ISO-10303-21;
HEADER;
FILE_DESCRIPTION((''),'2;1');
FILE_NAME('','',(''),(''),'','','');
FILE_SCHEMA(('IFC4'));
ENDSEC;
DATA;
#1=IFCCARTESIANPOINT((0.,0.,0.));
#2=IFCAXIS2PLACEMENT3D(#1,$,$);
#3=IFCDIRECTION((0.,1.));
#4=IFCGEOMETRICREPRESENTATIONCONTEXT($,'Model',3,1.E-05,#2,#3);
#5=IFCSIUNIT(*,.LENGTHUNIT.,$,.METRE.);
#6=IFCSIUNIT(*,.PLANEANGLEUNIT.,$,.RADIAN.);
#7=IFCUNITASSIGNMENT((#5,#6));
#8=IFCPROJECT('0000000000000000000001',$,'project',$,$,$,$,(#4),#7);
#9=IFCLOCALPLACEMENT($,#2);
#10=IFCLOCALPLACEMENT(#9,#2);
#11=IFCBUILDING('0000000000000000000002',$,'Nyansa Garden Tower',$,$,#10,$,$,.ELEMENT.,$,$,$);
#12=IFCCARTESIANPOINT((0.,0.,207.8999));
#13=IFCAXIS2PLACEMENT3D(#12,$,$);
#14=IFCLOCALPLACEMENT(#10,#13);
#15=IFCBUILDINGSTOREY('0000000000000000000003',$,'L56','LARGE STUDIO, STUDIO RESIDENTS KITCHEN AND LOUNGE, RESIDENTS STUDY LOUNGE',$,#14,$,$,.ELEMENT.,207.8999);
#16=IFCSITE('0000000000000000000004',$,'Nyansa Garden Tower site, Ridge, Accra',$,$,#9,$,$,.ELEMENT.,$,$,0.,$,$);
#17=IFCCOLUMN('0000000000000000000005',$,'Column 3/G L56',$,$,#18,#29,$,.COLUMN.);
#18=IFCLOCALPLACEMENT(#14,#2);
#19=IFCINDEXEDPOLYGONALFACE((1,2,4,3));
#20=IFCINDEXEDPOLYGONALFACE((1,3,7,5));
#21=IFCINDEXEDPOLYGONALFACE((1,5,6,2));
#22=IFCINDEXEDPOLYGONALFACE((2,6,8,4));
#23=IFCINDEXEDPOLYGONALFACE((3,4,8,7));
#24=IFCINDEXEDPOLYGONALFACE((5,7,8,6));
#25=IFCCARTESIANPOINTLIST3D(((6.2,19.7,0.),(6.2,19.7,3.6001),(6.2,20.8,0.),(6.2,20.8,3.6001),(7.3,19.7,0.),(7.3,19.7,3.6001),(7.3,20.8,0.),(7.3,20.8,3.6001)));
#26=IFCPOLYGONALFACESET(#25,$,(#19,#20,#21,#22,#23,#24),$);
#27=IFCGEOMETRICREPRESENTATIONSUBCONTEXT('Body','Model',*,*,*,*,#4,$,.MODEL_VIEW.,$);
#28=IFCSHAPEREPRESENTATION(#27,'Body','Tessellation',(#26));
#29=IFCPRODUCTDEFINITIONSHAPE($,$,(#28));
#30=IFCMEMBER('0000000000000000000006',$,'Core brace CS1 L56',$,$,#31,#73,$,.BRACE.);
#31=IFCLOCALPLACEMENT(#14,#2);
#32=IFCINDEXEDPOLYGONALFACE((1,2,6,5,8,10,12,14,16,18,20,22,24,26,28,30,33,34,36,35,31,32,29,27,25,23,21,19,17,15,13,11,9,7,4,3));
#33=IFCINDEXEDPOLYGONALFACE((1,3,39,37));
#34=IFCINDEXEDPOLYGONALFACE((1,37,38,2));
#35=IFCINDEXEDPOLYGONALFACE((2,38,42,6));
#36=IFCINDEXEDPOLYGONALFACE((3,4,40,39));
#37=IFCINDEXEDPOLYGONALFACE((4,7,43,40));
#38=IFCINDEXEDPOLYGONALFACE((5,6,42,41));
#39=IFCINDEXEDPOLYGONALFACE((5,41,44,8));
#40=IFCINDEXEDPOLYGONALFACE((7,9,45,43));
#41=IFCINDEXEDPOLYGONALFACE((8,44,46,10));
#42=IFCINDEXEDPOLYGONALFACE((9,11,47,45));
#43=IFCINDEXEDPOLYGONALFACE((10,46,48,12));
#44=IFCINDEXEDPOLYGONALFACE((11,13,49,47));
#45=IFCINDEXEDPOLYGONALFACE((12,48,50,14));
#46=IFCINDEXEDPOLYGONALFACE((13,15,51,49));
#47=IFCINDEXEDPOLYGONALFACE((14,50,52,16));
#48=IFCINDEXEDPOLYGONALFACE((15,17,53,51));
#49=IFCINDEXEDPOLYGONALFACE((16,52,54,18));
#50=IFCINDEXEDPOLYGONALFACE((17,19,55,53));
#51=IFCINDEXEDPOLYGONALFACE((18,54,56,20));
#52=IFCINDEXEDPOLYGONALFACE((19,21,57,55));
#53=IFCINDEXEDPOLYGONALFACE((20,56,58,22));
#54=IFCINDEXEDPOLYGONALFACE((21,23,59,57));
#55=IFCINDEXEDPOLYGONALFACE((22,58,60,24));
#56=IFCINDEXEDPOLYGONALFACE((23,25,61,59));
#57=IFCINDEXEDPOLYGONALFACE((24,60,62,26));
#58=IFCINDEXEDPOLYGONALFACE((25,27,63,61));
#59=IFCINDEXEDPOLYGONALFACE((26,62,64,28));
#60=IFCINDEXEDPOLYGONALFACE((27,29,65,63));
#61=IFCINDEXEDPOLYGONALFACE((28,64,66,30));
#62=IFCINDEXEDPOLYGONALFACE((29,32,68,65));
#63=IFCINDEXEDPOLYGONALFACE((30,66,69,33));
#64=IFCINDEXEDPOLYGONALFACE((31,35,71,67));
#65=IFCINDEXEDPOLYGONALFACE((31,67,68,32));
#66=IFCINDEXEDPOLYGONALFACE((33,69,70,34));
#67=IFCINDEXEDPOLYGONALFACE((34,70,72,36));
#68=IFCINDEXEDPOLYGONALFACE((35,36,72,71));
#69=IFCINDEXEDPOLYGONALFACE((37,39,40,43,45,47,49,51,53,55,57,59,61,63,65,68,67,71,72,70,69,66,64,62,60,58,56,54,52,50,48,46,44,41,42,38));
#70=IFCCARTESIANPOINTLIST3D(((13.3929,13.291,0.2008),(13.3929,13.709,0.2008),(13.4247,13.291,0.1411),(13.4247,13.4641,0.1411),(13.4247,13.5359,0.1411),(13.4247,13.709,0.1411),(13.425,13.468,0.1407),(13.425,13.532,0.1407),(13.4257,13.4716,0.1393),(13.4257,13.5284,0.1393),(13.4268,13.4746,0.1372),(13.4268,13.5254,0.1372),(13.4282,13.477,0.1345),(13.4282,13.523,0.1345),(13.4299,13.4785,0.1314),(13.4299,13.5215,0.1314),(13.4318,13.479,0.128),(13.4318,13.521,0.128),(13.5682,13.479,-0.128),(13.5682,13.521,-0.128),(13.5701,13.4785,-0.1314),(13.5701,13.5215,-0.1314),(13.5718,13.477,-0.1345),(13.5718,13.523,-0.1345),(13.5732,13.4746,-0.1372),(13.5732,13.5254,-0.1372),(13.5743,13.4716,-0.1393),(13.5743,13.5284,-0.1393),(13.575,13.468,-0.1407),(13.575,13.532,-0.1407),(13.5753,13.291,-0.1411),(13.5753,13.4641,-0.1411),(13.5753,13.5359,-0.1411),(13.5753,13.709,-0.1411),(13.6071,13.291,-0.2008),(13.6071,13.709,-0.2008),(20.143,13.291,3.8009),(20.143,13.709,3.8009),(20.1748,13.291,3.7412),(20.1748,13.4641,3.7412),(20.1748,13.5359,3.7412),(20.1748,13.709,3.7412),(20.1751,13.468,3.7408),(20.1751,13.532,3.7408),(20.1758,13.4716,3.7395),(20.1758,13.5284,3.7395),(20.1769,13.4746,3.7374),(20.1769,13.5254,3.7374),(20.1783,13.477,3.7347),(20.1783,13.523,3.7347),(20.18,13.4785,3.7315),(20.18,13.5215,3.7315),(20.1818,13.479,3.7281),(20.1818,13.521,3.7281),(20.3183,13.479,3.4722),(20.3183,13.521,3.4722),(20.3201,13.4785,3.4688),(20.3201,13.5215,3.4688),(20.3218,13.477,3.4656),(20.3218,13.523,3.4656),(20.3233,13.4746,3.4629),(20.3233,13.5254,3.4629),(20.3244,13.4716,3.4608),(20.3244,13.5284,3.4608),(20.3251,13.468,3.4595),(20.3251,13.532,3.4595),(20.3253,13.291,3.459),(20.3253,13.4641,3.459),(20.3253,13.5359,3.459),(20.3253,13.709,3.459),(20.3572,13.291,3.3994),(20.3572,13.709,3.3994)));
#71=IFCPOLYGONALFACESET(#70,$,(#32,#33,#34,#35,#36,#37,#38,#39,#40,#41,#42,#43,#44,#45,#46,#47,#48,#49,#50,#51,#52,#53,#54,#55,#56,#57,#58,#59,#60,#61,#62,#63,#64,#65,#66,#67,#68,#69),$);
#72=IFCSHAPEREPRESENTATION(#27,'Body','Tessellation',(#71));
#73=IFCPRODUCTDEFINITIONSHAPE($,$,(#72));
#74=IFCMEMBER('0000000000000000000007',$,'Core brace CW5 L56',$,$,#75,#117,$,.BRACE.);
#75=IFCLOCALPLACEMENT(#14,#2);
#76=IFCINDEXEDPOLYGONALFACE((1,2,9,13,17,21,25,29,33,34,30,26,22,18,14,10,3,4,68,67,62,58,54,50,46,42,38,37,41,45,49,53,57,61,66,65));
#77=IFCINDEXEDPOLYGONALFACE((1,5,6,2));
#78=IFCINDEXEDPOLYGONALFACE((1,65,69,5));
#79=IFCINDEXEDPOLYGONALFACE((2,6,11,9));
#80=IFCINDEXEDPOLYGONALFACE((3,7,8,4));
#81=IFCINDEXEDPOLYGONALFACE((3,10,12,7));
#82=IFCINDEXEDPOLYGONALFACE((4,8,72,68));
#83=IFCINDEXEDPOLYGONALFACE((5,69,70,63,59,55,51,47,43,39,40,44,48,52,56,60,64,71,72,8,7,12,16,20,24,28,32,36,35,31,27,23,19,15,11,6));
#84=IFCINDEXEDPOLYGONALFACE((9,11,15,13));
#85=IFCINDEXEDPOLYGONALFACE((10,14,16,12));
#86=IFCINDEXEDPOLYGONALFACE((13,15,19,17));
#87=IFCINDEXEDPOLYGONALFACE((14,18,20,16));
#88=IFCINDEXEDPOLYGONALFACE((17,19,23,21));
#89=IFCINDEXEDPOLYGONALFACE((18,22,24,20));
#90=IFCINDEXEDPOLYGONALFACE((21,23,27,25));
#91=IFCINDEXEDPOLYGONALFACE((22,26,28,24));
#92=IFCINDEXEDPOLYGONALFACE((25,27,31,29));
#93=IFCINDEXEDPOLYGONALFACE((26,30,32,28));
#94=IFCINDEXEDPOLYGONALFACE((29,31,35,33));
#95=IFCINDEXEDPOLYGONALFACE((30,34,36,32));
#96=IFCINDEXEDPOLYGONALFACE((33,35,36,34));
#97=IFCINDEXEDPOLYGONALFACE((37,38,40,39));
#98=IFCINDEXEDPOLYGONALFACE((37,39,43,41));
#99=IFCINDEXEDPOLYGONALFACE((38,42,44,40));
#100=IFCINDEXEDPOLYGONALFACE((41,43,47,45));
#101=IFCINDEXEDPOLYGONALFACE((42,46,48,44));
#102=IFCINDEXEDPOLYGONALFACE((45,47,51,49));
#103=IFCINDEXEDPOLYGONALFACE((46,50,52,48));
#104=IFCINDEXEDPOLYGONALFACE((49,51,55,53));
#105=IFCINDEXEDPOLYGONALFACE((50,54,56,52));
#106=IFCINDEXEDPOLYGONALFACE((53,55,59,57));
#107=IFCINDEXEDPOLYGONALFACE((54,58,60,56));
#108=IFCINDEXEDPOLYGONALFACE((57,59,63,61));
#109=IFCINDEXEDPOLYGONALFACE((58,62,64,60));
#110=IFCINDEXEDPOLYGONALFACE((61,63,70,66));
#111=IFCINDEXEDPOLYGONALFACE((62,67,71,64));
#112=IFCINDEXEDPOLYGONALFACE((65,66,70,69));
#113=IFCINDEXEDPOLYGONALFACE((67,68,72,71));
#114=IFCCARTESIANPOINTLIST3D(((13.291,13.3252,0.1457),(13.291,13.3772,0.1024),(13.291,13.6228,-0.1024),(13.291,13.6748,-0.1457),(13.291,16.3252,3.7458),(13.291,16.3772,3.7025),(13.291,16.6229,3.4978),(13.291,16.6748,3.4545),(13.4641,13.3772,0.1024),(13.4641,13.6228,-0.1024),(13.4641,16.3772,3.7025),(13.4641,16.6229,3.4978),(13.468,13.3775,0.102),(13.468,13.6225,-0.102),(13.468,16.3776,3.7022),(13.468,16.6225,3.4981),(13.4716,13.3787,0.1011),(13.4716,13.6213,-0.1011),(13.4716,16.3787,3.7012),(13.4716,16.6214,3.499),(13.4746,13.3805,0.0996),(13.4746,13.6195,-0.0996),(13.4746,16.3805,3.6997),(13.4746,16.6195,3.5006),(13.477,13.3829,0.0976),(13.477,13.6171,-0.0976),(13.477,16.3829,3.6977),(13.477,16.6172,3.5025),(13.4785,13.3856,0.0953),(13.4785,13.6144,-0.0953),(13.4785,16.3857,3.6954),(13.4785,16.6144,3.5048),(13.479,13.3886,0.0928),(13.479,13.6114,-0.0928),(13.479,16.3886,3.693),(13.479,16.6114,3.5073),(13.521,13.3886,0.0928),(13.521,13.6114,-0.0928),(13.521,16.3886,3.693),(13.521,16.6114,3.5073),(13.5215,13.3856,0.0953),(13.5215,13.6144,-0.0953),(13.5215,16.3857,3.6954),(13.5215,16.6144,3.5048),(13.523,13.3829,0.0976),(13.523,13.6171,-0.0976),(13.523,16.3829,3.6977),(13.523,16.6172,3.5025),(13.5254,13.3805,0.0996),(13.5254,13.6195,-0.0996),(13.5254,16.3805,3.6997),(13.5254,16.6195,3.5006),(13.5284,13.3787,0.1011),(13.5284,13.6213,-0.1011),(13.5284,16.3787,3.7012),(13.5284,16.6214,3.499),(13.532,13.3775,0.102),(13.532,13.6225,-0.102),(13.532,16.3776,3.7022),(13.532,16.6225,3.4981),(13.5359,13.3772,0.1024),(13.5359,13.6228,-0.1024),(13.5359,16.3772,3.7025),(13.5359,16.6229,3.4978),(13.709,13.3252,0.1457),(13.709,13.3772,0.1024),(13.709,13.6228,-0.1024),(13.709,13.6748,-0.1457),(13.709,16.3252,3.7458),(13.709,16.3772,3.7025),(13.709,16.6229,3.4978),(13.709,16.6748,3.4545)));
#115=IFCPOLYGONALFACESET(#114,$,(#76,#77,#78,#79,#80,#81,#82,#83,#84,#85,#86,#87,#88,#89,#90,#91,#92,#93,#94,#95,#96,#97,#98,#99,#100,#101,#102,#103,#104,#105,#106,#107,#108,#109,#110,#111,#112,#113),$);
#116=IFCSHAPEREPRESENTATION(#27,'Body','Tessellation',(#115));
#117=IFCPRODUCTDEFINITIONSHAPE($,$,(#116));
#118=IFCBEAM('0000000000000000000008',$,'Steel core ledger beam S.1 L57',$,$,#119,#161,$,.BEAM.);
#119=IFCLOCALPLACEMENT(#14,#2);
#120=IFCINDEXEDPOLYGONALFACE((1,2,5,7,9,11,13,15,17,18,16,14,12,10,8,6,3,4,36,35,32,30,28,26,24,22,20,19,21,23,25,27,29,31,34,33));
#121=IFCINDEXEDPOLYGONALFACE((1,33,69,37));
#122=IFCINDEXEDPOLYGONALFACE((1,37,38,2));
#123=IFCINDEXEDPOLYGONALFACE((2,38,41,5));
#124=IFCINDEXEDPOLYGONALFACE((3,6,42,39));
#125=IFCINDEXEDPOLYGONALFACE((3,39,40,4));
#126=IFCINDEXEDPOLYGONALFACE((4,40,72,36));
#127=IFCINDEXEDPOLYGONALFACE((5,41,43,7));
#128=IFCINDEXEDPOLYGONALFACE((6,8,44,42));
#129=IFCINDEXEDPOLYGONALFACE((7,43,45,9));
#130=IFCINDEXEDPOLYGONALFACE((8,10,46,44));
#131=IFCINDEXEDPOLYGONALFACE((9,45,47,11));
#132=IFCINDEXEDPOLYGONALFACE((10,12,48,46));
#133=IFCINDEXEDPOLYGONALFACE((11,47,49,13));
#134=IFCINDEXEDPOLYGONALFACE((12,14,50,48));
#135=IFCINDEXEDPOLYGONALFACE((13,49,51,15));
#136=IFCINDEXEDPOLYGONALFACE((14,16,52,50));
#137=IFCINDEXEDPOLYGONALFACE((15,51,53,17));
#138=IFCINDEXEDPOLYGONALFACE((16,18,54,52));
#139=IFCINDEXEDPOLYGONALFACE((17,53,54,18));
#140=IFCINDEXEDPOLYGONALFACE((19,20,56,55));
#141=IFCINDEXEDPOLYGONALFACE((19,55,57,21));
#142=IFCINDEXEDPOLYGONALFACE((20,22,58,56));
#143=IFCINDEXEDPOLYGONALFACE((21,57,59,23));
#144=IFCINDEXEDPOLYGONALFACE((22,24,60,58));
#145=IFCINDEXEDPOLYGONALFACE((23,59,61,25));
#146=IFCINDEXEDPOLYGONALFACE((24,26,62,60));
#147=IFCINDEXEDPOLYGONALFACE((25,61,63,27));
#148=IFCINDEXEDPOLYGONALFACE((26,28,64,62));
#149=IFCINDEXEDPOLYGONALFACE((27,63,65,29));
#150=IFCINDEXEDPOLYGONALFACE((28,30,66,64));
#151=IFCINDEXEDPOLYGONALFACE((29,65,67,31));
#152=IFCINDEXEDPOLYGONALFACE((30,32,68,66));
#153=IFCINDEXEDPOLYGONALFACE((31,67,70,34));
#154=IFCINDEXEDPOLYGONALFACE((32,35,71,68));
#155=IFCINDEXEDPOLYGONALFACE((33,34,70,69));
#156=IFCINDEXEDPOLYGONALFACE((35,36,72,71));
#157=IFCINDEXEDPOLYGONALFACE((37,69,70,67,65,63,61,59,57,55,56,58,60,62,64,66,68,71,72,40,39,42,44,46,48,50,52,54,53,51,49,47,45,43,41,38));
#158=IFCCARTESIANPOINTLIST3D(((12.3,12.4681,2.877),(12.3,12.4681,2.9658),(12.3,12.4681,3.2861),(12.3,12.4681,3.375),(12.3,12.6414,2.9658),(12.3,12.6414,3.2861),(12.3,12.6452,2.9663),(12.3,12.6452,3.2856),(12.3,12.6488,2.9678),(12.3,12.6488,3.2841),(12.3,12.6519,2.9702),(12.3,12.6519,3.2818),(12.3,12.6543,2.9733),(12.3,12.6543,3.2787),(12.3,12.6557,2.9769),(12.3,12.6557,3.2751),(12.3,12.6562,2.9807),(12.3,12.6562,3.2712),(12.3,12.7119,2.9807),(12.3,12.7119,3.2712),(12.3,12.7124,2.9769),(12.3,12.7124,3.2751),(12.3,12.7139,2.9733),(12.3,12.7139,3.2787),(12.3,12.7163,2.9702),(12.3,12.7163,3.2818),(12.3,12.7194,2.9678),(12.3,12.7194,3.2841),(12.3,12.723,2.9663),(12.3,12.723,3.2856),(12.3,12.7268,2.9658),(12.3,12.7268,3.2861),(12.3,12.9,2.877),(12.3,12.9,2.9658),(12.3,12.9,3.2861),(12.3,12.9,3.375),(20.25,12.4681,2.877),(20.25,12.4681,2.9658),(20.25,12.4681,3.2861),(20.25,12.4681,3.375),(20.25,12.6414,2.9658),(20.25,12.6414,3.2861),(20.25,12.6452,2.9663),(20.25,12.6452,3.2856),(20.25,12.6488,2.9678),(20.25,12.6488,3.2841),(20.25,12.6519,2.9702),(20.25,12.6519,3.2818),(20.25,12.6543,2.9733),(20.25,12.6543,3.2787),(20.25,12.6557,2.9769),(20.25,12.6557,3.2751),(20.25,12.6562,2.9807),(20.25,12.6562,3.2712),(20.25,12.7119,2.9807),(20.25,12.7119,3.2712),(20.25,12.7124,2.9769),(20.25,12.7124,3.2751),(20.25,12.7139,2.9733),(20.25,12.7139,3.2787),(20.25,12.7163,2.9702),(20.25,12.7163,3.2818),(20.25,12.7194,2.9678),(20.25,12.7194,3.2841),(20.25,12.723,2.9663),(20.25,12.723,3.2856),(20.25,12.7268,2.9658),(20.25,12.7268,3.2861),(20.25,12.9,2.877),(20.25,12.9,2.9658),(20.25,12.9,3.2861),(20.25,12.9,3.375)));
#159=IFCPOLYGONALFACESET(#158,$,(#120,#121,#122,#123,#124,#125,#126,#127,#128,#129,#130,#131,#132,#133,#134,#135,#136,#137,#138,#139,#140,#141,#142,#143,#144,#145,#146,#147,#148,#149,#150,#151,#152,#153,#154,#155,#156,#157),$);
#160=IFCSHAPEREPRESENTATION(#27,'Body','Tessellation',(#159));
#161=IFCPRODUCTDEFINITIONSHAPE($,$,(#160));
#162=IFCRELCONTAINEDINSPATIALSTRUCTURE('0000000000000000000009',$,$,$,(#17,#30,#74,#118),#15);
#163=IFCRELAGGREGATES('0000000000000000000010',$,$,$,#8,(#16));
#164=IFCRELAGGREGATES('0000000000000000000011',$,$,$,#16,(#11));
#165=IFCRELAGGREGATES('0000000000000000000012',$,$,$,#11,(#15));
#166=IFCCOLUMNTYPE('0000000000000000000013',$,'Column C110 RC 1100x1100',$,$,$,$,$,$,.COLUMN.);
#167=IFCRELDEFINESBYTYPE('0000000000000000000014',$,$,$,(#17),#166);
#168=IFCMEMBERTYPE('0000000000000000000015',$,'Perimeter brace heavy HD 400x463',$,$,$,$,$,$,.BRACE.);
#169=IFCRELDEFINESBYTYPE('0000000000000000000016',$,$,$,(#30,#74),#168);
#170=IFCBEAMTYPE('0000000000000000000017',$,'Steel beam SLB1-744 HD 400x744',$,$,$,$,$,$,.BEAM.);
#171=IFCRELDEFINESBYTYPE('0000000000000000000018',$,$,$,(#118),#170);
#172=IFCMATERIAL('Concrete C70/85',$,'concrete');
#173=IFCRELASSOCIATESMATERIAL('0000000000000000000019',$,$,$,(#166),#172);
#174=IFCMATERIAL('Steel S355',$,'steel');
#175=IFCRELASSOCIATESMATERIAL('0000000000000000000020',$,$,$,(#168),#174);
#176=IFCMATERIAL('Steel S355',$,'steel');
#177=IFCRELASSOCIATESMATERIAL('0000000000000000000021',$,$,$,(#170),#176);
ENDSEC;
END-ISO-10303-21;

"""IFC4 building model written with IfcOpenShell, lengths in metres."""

from ifc_helpers import new_model, si_unit, direction, frame, origin, origin_2d, place, context, subcontext, project, spatial, rectangle, i_section, extrude, material, material_profile, profile_set, type_object, element, save


model = new_model("IFC4")

# Units and contexts
model_context = context("Model", 3, precision=1e-05, world=origin(), true_north=direction((0.0, 1.0)))
body_context = subcontext(model_context, "Body", "Model", "MODEL_VIEW")
ifc_project = project(units=[si_unit("LENGTHUNIT", "METRE"), si_unit("PLANEANGLEUNIT", "RADIAN")], contexts=[model_context])

# Site, building, storey
site_placement = place(None, origin())
site = spatial("IfcSite", under=ifc_project, at=site_placement, Name="Nyansa Garden Tower site, Ridge, Accra", CompositionType="ELEMENT", RefElevation=0.0)
building_placement = place(site_placement, origin())
building = spatial("IfcBuilding", under=site, at=building_placement, Name="Nyansa Garden Tower", CompositionType="ELEMENT")
storey_placement = place(building_placement, frame((0.0, 0.0, 207.8999)))
storey = spatial("IfcBuildingStorey", under=building, at=storey_placement, Name="L56", Description="LARGE STUDIO, STUDIO RESIDENTS KITCHEN AND LOUNGE, RESIDENTS STUDY LOUNGE", CompositionType="ELEMENT", Elevation=207.8999)

# Column
ifc_material_1 = material(Name="Concrete C70/85", Category="concrete")
ifc_material_profile_1 = material_profile(ifc_material_1, rectangle(XDim=1.1001, YDim=1.1001, at=origin_2d()), Name="RC 1100x1100")
ifc_profile_set_1 = profile_set([ifc_material_profile_1], Name="Concrete C70/85")
column_type = type_object("IfcColumnType", Name="Column C110 RC 1100x1100", PredefinedType="COLUMN", material=ifc_profile_set_1)
column_placement = place(storey_placement, frame((6.75, 20.25, 0.0), z_axis=(0.0, 0.0, 1.0), x_axis=(1.0, 0.0, 0.0)))
element("IfcColumn", 1, at=column_placement, inside=storey, type_object=column_type, Name="Column 3/G L56", PredefinedType="COLUMN", context=body_context, shape_type="SweptSolid", body=[
    extrude(rectangle(XDim=1.1001, YDim=1.1001, at=origin_2d()), origin(), (0.0, 0.0, 1.0), 3.6001),
])

# Members
ifc_material_2 = material(Name="Steel S355", Category="steel")
ifc_material_profile_2 = material_profile(ifc_material_2, i_section(OverallWidth=0.418, OverallDepth=0.4551, WebThickness=0.042, FlangeThickness=0.0676, FilletRadius=0.0149, at=origin_2d()), Name="HD 400x463")
ifc_profile_set_2 = profile_set([ifc_material_profile_2], Name="Steel S355")
member_type = type_object("IfcMemberType", Name="Perimeter brace heavy HD 400x463", PredefinedType="BRACE", material=ifc_profile_set_2)
member_1_placement = place(storey_placement, frame((13.5, 13.5, 0.0), z_axis=(0.882348, 0.0, 0.470598), x_axis=(0.0, 1.0, 0.0)))
element("IfcMember", 2, at=member_1_placement, inside=storey, type_object=member_type, Name="Core brace CS1 L56", PredefinedType="BRACE", context=body_context, shape_type="SweptSolid", body=[
    extrude(i_section(OverallWidth=0.418, OverallDepth=0.4551, WebThickness=0.042, FlangeThickness=0.0676, FilletRadius=0.0149, at=origin_2d()), origin(), (0.0, 0.0, 1.0), 7.6501),
])
member_2_placement = place(storey_placement, frame((13.5, 13.5, 0.0), z_axis=(0.0, 0.640174, 0.76823), x_axis=(-1.0, 0.0, 0.0)))
element("IfcMember", 3, at=member_2_placement, inside=storey, type_object=member_type, Name="Core brace CW5 L56", PredefinedType="BRACE", context=body_context, shape_type="SweptSolid", body=[
    extrude(i_section(OverallWidth=0.418, OverallDepth=0.4551, WebThickness=0.042, FlangeThickness=0.0676, FilletRadius=0.0149, at=origin_2d()), origin(), (0.0, 0.0, 1.0), 4.6863),
])

# Beam
ifc_material_3 = material(Name="Steel S355", Category="steel")
ifc_material_profile_3 = material_profile(ifc_material_3, i_section(OverallWidth=0.4319, OverallDepth=0.498, WebThickness=0.0557, FlangeThickness=0.0889, FilletRadius=0.0149, at=origin_2d()), Name="HD 400x744")
ifc_profile_set_3 = profile_set([ifc_material_profile_3], Name="Steel S355")
beam_type = type_object("IfcBeamType", Name="Steel beam SLB1-744 HD 400x744", PredefinedType="BEAM", material=ifc_profile_set_3)
beam_placement = place(storey_placement, frame((12.3, 12.6841, 3.126), z_axis=(1.0, 0.0, 0.0), x_axis=(0.0, 1.0, 0.0)))
element("IfcBeam", 4, at=beam_placement, inside=storey, type_object=beam_type, Name="Steel core ledger beam S.1 L57", PredefinedType="BEAM", context=body_context, shape_type="SweptSolid", body=[
    extrude(i_section(OverallWidth=0.4319, OverallDepth=0.498, WebThickness=0.0557, FlangeThickness=0.0889, FilletRadius=0.0149, at=origin_2d()), origin(), (0.0, 0.0, 1.0), 7.95),
])

save(model, "model.ifc")
